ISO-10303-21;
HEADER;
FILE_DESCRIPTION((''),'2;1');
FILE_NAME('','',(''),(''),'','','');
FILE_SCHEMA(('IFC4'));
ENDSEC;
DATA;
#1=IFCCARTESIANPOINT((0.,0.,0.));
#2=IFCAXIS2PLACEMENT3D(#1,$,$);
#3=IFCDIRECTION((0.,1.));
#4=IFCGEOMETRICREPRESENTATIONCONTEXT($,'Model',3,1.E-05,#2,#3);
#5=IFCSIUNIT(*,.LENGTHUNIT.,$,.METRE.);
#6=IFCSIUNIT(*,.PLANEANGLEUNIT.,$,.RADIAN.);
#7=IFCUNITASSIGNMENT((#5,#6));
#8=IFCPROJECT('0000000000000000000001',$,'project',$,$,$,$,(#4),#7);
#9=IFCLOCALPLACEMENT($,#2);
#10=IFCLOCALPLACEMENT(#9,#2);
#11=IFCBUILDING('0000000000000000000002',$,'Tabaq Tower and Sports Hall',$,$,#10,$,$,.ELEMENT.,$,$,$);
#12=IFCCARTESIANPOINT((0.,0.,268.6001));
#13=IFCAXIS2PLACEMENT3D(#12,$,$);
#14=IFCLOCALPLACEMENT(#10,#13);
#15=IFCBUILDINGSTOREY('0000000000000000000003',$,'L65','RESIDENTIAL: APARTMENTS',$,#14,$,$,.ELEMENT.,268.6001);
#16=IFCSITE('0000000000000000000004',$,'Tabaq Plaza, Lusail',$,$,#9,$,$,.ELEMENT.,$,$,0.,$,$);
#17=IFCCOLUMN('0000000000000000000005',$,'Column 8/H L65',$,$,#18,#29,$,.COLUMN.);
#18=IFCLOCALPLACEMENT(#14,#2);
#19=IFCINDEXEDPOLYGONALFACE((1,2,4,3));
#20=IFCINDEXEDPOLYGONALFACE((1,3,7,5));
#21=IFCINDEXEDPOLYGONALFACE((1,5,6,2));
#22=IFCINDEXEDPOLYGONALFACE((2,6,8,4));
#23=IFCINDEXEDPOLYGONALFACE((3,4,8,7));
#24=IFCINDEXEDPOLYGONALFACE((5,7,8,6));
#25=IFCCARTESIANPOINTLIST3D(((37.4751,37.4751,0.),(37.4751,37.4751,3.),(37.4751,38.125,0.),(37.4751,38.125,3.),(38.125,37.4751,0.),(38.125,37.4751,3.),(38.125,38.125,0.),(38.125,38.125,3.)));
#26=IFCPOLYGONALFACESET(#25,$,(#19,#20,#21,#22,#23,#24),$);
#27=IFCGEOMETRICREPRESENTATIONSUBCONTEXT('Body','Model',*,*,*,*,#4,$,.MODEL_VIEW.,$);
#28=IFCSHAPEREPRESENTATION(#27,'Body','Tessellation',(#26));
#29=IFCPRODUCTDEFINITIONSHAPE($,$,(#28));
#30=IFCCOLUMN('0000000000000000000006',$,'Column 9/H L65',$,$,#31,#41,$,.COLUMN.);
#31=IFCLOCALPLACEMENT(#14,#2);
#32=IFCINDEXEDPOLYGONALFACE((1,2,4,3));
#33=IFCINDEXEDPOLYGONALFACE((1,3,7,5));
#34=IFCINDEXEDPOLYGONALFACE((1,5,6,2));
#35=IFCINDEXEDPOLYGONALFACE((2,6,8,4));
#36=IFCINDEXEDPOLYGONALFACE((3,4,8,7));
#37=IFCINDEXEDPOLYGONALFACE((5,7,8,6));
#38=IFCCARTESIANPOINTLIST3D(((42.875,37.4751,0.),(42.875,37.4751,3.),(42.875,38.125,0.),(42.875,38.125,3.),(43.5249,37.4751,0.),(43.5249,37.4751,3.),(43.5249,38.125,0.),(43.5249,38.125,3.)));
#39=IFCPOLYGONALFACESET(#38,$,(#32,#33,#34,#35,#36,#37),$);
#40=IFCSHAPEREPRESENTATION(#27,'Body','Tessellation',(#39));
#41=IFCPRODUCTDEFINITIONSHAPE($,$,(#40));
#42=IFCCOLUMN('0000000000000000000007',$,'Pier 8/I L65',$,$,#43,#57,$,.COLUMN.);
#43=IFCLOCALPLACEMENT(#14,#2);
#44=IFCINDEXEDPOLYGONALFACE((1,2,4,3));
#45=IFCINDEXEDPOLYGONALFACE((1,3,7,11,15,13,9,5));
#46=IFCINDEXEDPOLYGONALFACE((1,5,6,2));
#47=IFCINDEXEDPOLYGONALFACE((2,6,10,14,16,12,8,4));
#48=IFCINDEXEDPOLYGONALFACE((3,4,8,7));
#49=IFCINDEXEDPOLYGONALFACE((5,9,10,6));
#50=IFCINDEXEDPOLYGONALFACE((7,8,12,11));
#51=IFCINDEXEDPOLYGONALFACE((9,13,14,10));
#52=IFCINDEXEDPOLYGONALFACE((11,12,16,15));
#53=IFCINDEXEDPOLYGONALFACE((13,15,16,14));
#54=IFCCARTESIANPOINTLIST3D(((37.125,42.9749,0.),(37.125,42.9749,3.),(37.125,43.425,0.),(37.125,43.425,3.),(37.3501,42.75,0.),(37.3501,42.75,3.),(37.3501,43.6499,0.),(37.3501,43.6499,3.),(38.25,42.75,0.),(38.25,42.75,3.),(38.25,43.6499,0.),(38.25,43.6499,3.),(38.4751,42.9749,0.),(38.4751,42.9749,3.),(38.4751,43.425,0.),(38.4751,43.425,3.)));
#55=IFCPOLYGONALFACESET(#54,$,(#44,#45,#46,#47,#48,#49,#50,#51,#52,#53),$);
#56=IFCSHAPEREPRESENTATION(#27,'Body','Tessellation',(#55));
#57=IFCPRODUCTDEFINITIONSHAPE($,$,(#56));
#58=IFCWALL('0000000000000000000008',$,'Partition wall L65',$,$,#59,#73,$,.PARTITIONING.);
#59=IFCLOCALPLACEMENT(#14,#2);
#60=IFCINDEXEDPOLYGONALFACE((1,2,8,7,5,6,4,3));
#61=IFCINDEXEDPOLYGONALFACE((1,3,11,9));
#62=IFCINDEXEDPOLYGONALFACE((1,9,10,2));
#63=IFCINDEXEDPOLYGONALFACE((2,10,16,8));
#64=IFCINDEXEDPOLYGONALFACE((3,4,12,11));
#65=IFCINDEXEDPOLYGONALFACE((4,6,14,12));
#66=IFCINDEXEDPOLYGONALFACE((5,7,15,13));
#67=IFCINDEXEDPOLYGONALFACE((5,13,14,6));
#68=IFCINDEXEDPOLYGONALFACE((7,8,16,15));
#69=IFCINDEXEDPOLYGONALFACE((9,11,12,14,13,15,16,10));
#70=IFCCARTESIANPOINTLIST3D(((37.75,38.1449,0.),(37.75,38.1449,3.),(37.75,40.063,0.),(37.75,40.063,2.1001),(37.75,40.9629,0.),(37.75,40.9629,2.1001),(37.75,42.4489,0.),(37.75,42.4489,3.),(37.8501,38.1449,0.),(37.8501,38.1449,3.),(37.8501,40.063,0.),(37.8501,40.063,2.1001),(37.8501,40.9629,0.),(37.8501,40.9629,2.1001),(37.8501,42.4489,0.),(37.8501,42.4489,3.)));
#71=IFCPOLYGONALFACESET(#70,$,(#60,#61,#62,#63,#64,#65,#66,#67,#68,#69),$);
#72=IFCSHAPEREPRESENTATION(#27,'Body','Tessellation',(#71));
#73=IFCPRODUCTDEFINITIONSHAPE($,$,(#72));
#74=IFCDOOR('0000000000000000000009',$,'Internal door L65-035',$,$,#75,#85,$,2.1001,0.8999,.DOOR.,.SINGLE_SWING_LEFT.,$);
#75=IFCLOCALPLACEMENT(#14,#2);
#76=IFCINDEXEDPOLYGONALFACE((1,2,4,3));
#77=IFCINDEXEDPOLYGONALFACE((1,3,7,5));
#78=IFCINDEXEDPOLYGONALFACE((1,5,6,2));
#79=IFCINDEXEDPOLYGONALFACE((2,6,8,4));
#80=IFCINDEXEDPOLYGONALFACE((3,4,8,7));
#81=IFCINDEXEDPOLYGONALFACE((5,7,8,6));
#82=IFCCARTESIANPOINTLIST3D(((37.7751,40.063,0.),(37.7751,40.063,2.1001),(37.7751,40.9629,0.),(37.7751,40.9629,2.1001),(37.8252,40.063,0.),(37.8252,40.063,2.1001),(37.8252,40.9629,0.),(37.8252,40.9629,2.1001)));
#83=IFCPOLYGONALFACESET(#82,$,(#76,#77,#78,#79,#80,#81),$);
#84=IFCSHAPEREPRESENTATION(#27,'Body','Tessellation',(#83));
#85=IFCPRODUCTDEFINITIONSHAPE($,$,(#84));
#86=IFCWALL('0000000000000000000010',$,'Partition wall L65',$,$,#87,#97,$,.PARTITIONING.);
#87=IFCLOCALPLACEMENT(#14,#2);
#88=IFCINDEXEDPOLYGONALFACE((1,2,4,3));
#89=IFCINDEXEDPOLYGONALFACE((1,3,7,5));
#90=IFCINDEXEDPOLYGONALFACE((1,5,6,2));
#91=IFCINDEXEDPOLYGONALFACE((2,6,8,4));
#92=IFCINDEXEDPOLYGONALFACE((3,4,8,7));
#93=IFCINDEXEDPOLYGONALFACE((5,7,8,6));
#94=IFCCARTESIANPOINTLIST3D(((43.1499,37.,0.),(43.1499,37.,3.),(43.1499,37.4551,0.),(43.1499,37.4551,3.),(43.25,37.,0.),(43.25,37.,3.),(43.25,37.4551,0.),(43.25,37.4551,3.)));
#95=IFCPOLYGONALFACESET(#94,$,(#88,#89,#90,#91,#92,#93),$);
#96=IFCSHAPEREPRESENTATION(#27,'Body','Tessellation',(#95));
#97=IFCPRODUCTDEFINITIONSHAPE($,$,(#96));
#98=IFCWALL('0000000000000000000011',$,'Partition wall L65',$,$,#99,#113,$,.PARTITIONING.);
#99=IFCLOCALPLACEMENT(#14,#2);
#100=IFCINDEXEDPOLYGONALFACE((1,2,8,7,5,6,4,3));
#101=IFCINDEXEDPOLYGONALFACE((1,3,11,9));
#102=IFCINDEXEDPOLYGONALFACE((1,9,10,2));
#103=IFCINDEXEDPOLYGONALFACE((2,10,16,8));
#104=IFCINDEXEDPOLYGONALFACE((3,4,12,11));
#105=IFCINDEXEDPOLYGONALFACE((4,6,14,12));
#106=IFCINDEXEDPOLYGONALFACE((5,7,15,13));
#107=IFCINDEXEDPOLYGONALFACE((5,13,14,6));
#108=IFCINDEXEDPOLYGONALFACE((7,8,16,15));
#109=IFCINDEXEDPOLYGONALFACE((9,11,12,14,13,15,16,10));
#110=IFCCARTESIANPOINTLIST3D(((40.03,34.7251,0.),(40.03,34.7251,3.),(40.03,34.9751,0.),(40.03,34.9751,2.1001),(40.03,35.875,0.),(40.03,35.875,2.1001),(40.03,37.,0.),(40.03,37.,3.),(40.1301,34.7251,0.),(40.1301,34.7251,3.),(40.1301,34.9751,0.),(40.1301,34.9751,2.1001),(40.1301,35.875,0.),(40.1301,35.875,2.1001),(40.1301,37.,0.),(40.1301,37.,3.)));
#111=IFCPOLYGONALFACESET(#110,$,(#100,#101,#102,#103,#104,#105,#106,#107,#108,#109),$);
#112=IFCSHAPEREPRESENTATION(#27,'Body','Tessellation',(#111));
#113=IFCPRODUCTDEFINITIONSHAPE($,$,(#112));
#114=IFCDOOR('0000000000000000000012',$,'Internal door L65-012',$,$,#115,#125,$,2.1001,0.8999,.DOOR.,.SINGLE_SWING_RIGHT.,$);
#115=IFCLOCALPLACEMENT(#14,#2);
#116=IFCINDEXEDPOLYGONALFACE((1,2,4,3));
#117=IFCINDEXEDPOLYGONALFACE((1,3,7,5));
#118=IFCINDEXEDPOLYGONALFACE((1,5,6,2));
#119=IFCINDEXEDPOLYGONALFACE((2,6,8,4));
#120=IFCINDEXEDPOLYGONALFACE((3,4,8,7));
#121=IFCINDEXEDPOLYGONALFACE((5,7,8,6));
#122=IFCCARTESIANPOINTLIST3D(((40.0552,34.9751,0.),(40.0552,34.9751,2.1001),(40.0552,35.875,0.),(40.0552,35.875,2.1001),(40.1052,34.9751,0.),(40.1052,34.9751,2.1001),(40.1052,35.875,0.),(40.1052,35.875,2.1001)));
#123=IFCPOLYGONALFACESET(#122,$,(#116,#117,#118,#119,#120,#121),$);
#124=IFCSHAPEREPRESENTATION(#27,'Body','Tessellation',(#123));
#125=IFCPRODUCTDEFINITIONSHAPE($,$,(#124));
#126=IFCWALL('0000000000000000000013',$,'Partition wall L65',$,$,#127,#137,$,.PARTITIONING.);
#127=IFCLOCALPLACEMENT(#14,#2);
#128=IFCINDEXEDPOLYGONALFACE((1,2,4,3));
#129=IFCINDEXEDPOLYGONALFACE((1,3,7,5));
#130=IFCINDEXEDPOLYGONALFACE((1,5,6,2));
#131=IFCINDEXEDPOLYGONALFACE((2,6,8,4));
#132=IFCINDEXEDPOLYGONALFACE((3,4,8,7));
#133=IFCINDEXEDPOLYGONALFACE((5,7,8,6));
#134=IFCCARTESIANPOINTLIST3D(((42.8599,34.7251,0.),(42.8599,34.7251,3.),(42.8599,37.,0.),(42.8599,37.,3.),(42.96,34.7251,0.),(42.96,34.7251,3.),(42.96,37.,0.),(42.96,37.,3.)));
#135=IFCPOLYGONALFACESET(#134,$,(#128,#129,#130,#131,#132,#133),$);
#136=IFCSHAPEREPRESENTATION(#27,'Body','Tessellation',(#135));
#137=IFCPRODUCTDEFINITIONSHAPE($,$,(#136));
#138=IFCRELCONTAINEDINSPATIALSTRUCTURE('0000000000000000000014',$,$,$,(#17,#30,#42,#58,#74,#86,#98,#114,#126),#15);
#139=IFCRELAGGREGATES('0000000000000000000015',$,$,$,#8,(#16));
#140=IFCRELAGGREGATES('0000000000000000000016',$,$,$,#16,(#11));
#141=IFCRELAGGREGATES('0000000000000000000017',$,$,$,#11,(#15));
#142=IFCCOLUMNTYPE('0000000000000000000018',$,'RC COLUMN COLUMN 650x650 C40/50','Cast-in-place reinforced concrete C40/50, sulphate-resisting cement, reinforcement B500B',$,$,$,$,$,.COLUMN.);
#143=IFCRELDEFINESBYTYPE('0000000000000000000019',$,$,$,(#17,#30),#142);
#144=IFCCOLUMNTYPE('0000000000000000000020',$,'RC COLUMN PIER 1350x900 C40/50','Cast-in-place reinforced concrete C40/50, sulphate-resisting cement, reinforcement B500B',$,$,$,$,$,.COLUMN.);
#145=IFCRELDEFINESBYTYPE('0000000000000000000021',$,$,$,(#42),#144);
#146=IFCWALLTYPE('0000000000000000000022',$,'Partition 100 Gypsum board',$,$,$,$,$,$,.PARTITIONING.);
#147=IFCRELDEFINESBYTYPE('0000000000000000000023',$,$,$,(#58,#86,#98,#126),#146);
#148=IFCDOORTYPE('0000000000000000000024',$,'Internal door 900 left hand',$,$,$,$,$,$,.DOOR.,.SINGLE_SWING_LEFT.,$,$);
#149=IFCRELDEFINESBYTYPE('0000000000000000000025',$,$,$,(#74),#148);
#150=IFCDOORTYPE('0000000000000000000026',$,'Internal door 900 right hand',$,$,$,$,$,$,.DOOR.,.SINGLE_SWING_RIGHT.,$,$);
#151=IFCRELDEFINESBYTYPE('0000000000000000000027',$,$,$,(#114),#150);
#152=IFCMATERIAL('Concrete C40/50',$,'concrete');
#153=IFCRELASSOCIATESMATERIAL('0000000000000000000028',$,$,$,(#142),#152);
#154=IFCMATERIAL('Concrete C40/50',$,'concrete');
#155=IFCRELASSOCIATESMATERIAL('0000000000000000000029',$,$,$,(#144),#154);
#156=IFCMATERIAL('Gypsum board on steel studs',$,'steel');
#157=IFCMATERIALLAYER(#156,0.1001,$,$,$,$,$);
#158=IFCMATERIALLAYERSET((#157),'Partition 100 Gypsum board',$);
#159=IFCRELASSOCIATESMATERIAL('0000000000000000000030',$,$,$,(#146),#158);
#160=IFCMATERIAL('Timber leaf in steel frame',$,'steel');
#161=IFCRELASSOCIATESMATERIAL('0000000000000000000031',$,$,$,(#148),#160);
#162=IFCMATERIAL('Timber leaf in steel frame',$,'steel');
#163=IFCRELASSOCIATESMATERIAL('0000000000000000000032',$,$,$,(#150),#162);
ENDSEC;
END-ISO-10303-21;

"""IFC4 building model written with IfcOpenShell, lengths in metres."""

from ifc_helpers import new_model, si_unit, direction, frame, frame_2d, origin, origin_2d, place, context, subcontext, project, spatial, polyline, rectangle, outline, extrude, material, layer, layer_set, material_profile, profile_set, type_object, element, fill, save


model = new_model("IFC4")

# Units and contexts
model_context = context("Model", 3, precision=1e-05, world=origin(), true_north=direction((0.0, 1.0)))
body_context = subcontext(model_context, "Body", "Model", "MODEL_VIEW")
ifc_project = project(units=[si_unit("LENGTHUNIT", "METRE"), si_unit("PLANEANGLEUNIT", "RADIAN")], contexts=[model_context])

# Site, building, storey
site_placement = place(None, origin())
site = spatial("IfcSite", under=ifc_project, at=site_placement, Name="Tabaq Plaza, Lusail", CompositionType="ELEMENT", RefElevation=0.0)
building_placement = place(site_placement, origin())
building = spatial("IfcBuilding", under=site, at=building_placement, Name="Tabaq Tower and Sports Hall", CompositionType="ELEMENT")
storey_placement = place(building_placement, frame((0.0, 0.0, 268.6001)))
storey = spatial("IfcBuildingStorey", under=building, at=storey_placement, Name="L65", Description="RESIDENTIAL: APARTMENTS", CompositionType="ELEMENT", Elevation=268.6001)

# Columns
ifc_material_1 = material(Name="Concrete C40/50", Category="concrete")
ifc_material_profile_1 = material_profile(ifc_material_1, rectangle(XDim=0.6499, YDim=0.6499, at=origin_2d()), Name="COLUMN 650x650")
ifc_profile_set_1 = profile_set([ifc_material_profile_1], Name="Concrete C40/50")
column_type_1 = type_object("IfcColumnType", Name="RC COLUMN COLUMN 650x650 C40/50", Description="Cast-in-place reinforced concrete C40/50, sulphate-resisting cement, reinforcement B500B", PredefinedType="COLUMN", material=ifc_profile_set_1)
for number, where, z_axis, x_axis, name in (
    (1, (37.8, 37.8, 0.0), (0.0, 0.0, 1.0), (1.0, 0.0, 0.0), "Column 8/H L65"),
    (2, (43.2, 37.8, 0.0), (0.0, 0.0, 1.0), (1.0, 0.0, 0.0), "Column 9/H L65"),
):
    element("IfcColumn", number, at=place(storey_placement, frame(where, z_axis=z_axis, x_axis=x_axis)), inside=storey, type_object=column_type_1, Name=name, PredefinedType="COLUMN", context=body_context, shape_type="SweptSolid", body=[
        extrude(rectangle(XDim=0.6499, YDim=0.6499, at=origin_2d()), origin(), (0.0, 0.0, 1.0), 3.0),
    ])
ifc_material_2 = material(Name="Concrete C40/50", Category="concrete")
ifc_material_profile_2 = material_profile(ifc_material_2, outline(polyline([(-0.45, -0.45), (0.45, -0.45), (0.675, -0.2251), (0.675, 0.2251), (0.45, 0.45), (-0.45, 0.45), (-0.675, 0.2251), (-0.675, -0.2251), (-0.45, -0.45)])), Name="PIER 1350x900")
ifc_profile_set_2 = profile_set([ifc_material_profile_2], Name="Concrete C40/50")
column_type_2 = type_object("IfcColumnType", Name="RC COLUMN PIER 1350x900 C40/50", Description="Cast-in-place reinforced concrete C40/50, sulphate-resisting cement, reinforcement B500B", PredefinedType="COLUMN", material=ifc_profile_set_2)
column_placement = place(storey_placement, frame((37.8, 43.2, 0.0), z_axis=(0.0, 0.0, 1.0), x_axis=(1.0, 0.0, 0.0)))
element("IfcColumn", 3, at=column_placement, inside=storey, type_object=column_type_2, Name="Pier 8/I L65", PredefinedType="COLUMN", context=body_context, shape_type="SweptSolid", body=[
    extrude(outline(polyline([(-0.45, -0.45), (0.45, -0.45), (0.675, -0.2251), (0.675, 0.2251), (0.45, 0.45), (-0.45, 0.45), (-0.675, 0.2251), (-0.675, -0.2251), (-0.45, -0.45)])), origin(), (0.0, 0.0, 1.0), 3.0),
])

# Wall, opening, door
ifc_material_3 = material(Name="Gypsum board on steel studs", Category="steel")
ifc_layer_1 = layer(ifc_material_3, 0.1001)
ifc_layer_set_1 = layer_set([ifc_layer_1], Name="Partition 100 Gypsum board")
wall_type_1 = type_object("IfcWallType", Name="Partition 100 Gypsum board", PredefinedType="PARTITIONING", material=ifc_layer_set_1)
wall_1_placement = place(storey_placement, frame((37.8, 38.145, 0.0), z_axis=(0.0, 0.0, 1.0), x_axis=(0.0, 1.0, 0.0)))
wall_1 = element("IfcWall", 4, at=wall_1_placement, inside=storey, type_object=wall_type_1, Name="Partition wall L65", PredefinedType="PARTITIONING", context=body_context, shape_type="SweptSolid", body=[
    extrude(rectangle(XDim=4.304, YDim=0.1001, at=frame_2d((2.1519, 0.0))), origin(), (0.0, 0.0, 1.0), 3.0),
])
opening_1_placement = place(wall_1_placement, frame((1.918, 0.0, 0.0)))
opening_1 = element("IfcOpeningElement", 5, at=opening_1_placement, cuts=wall_1, PredefinedType="OPENING", context=body_context, shape_type="SweptSolid", body=[
    extrude(rectangle(XDim=0.8999, YDim=2.1001, at=frame_2d((0.45, 1.05))), frame((0.0, 0.05, 0.0), z_axis=(0.0, -1.0, 0.0), x_axis=(1.0, 0.0, 0.0)), (0.0, 0.0, 1.0), 0.1001),
])
ifc_material_4 = material(Name="Timber leaf in steel frame", Category="steel")
door_type_1 = type_object("IfcDoorType", Name="Internal door 900 left hand", OperationType="SINGLE_SWING_LEFT", PredefinedType="DOOR", material=ifc_material_4)
door_1_placement = place(opening_1_placement, origin())
door_1 = element("IfcDoor", 6, at=door_1_placement, inside=storey, type_object=door_type_1, Name="Internal door L65-035", OperationType="SINGLE_SWING_LEFT", OverallHeight=2.1001, OverallWidth=0.8999, PredefinedType="DOOR", context=body_context, shape_type="SweptSolid", body=[
    extrude(rectangle(XDim=0.8999, YDim=2.1001, at=frame_2d((0.45, 1.05))), frame((0.0, 0.0249, 0.0), z_axis=(0.0, -1.0, 0.0), x_axis=(1.0, 0.0, 0.0)), (0.0, 0.0, 1.0), 0.05),
])
fill(opening_1, door_1)

# Wall
wall_2_placement = place(storey_placement, frame((43.2, 37.0, 0.0), z_axis=(0.0, 0.0, 1.0), x_axis=(0.0, 1.0, 0.0)))
element("IfcWall", 7, at=wall_2_placement, inside=storey, type_object=wall_type_1, Name="Partition wall L65", PredefinedType="PARTITIONING", context=body_context, shape_type="SweptSolid", body=[
    extrude(rectangle(XDim=0.4551, YDim=0.1001, at=frame_2d((0.2275, 0.0))), origin(), (0.0, 0.0, 1.0), 3.0),
])

# Wall, opening, door
wall_3_placement = place(storey_placement, frame((40.0801, 34.7251, 0.0), z_axis=(0.0, 0.0, 1.0), x_axis=(0.0, 1.0, 0.0)))
wall_3 = element("IfcWall", 8, at=wall_3_placement, inside=storey, type_object=wall_type_1, Name="Partition wall L65", PredefinedType="PARTITIONING", context=body_context, shape_type="SweptSolid", body=[
    extrude(rectangle(XDim=2.2749, YDim=0.1001, at=frame_2d((1.1375, 0.0))), origin(), (0.0, 0.0, 1.0), 3.0),
])
opening_2_placement = place(wall_3_placement, frame((0.25, 0.0, 0.0)))
opening_2 = element("IfcOpeningElement", 9, at=opening_2_placement, cuts=wall_3, PredefinedType="OPENING", context=body_context, shape_type="SweptSolid", body=[
    extrude(rectangle(XDim=0.8999, YDim=2.1001, at=frame_2d((0.45, 1.05))), frame((0.0, 0.05, 0.0), z_axis=(0.0, -1.0, 0.0), x_axis=(1.0, 0.0, 0.0)), (0.0, 0.0, 1.0), 0.1001),
])
ifc_material_5 = material(Name="Timber leaf in steel frame", Category="steel")
door_type_2 = type_object("IfcDoorType", Name="Internal door 900 right hand", OperationType="SINGLE_SWING_RIGHT", PredefinedType="DOOR", material=ifc_material_5)
door_2_placement = place(opening_2_placement, origin())
door_2 = element("IfcDoor", 10, at=door_2_placement, inside=storey, type_object=door_type_2, Name="Internal door L65-012", OperationType="SINGLE_SWING_RIGHT", OverallHeight=2.1001, OverallWidth=0.8999, PredefinedType="DOOR", context=body_context, shape_type="SweptSolid", body=[
    extrude(rectangle(XDim=0.8999, YDim=2.1001, at=frame_2d((0.45, 1.05))), frame((0.0, 0.0249, 0.0), z_axis=(0.0, -1.0, 0.0), x_axis=(1.0, 0.0, 0.0)), (0.0, 0.0, 1.0), 0.05),
])
fill(opening_2, door_2)

# Wall
wall_4_placement = place(storey_placement, frame((42.9099, 34.7251, 0.0), z_axis=(0.0, 0.0, 1.0), x_axis=(0.0, 1.0, 0.0)))
element("IfcWall", 11, at=wall_4_placement, inside=storey, type_object=wall_type_1, Name="Partition wall L65", PredefinedType="PARTITIONING", context=body_context, shape_type="SweptSolid", body=[
    extrude(rectangle(XDim=2.2749, YDim=0.1001, at=frame_2d((1.1375, 0.0))), origin(), (0.0, 0.0, 1.0), 3.0),
])

save(model, "model.ifc")
